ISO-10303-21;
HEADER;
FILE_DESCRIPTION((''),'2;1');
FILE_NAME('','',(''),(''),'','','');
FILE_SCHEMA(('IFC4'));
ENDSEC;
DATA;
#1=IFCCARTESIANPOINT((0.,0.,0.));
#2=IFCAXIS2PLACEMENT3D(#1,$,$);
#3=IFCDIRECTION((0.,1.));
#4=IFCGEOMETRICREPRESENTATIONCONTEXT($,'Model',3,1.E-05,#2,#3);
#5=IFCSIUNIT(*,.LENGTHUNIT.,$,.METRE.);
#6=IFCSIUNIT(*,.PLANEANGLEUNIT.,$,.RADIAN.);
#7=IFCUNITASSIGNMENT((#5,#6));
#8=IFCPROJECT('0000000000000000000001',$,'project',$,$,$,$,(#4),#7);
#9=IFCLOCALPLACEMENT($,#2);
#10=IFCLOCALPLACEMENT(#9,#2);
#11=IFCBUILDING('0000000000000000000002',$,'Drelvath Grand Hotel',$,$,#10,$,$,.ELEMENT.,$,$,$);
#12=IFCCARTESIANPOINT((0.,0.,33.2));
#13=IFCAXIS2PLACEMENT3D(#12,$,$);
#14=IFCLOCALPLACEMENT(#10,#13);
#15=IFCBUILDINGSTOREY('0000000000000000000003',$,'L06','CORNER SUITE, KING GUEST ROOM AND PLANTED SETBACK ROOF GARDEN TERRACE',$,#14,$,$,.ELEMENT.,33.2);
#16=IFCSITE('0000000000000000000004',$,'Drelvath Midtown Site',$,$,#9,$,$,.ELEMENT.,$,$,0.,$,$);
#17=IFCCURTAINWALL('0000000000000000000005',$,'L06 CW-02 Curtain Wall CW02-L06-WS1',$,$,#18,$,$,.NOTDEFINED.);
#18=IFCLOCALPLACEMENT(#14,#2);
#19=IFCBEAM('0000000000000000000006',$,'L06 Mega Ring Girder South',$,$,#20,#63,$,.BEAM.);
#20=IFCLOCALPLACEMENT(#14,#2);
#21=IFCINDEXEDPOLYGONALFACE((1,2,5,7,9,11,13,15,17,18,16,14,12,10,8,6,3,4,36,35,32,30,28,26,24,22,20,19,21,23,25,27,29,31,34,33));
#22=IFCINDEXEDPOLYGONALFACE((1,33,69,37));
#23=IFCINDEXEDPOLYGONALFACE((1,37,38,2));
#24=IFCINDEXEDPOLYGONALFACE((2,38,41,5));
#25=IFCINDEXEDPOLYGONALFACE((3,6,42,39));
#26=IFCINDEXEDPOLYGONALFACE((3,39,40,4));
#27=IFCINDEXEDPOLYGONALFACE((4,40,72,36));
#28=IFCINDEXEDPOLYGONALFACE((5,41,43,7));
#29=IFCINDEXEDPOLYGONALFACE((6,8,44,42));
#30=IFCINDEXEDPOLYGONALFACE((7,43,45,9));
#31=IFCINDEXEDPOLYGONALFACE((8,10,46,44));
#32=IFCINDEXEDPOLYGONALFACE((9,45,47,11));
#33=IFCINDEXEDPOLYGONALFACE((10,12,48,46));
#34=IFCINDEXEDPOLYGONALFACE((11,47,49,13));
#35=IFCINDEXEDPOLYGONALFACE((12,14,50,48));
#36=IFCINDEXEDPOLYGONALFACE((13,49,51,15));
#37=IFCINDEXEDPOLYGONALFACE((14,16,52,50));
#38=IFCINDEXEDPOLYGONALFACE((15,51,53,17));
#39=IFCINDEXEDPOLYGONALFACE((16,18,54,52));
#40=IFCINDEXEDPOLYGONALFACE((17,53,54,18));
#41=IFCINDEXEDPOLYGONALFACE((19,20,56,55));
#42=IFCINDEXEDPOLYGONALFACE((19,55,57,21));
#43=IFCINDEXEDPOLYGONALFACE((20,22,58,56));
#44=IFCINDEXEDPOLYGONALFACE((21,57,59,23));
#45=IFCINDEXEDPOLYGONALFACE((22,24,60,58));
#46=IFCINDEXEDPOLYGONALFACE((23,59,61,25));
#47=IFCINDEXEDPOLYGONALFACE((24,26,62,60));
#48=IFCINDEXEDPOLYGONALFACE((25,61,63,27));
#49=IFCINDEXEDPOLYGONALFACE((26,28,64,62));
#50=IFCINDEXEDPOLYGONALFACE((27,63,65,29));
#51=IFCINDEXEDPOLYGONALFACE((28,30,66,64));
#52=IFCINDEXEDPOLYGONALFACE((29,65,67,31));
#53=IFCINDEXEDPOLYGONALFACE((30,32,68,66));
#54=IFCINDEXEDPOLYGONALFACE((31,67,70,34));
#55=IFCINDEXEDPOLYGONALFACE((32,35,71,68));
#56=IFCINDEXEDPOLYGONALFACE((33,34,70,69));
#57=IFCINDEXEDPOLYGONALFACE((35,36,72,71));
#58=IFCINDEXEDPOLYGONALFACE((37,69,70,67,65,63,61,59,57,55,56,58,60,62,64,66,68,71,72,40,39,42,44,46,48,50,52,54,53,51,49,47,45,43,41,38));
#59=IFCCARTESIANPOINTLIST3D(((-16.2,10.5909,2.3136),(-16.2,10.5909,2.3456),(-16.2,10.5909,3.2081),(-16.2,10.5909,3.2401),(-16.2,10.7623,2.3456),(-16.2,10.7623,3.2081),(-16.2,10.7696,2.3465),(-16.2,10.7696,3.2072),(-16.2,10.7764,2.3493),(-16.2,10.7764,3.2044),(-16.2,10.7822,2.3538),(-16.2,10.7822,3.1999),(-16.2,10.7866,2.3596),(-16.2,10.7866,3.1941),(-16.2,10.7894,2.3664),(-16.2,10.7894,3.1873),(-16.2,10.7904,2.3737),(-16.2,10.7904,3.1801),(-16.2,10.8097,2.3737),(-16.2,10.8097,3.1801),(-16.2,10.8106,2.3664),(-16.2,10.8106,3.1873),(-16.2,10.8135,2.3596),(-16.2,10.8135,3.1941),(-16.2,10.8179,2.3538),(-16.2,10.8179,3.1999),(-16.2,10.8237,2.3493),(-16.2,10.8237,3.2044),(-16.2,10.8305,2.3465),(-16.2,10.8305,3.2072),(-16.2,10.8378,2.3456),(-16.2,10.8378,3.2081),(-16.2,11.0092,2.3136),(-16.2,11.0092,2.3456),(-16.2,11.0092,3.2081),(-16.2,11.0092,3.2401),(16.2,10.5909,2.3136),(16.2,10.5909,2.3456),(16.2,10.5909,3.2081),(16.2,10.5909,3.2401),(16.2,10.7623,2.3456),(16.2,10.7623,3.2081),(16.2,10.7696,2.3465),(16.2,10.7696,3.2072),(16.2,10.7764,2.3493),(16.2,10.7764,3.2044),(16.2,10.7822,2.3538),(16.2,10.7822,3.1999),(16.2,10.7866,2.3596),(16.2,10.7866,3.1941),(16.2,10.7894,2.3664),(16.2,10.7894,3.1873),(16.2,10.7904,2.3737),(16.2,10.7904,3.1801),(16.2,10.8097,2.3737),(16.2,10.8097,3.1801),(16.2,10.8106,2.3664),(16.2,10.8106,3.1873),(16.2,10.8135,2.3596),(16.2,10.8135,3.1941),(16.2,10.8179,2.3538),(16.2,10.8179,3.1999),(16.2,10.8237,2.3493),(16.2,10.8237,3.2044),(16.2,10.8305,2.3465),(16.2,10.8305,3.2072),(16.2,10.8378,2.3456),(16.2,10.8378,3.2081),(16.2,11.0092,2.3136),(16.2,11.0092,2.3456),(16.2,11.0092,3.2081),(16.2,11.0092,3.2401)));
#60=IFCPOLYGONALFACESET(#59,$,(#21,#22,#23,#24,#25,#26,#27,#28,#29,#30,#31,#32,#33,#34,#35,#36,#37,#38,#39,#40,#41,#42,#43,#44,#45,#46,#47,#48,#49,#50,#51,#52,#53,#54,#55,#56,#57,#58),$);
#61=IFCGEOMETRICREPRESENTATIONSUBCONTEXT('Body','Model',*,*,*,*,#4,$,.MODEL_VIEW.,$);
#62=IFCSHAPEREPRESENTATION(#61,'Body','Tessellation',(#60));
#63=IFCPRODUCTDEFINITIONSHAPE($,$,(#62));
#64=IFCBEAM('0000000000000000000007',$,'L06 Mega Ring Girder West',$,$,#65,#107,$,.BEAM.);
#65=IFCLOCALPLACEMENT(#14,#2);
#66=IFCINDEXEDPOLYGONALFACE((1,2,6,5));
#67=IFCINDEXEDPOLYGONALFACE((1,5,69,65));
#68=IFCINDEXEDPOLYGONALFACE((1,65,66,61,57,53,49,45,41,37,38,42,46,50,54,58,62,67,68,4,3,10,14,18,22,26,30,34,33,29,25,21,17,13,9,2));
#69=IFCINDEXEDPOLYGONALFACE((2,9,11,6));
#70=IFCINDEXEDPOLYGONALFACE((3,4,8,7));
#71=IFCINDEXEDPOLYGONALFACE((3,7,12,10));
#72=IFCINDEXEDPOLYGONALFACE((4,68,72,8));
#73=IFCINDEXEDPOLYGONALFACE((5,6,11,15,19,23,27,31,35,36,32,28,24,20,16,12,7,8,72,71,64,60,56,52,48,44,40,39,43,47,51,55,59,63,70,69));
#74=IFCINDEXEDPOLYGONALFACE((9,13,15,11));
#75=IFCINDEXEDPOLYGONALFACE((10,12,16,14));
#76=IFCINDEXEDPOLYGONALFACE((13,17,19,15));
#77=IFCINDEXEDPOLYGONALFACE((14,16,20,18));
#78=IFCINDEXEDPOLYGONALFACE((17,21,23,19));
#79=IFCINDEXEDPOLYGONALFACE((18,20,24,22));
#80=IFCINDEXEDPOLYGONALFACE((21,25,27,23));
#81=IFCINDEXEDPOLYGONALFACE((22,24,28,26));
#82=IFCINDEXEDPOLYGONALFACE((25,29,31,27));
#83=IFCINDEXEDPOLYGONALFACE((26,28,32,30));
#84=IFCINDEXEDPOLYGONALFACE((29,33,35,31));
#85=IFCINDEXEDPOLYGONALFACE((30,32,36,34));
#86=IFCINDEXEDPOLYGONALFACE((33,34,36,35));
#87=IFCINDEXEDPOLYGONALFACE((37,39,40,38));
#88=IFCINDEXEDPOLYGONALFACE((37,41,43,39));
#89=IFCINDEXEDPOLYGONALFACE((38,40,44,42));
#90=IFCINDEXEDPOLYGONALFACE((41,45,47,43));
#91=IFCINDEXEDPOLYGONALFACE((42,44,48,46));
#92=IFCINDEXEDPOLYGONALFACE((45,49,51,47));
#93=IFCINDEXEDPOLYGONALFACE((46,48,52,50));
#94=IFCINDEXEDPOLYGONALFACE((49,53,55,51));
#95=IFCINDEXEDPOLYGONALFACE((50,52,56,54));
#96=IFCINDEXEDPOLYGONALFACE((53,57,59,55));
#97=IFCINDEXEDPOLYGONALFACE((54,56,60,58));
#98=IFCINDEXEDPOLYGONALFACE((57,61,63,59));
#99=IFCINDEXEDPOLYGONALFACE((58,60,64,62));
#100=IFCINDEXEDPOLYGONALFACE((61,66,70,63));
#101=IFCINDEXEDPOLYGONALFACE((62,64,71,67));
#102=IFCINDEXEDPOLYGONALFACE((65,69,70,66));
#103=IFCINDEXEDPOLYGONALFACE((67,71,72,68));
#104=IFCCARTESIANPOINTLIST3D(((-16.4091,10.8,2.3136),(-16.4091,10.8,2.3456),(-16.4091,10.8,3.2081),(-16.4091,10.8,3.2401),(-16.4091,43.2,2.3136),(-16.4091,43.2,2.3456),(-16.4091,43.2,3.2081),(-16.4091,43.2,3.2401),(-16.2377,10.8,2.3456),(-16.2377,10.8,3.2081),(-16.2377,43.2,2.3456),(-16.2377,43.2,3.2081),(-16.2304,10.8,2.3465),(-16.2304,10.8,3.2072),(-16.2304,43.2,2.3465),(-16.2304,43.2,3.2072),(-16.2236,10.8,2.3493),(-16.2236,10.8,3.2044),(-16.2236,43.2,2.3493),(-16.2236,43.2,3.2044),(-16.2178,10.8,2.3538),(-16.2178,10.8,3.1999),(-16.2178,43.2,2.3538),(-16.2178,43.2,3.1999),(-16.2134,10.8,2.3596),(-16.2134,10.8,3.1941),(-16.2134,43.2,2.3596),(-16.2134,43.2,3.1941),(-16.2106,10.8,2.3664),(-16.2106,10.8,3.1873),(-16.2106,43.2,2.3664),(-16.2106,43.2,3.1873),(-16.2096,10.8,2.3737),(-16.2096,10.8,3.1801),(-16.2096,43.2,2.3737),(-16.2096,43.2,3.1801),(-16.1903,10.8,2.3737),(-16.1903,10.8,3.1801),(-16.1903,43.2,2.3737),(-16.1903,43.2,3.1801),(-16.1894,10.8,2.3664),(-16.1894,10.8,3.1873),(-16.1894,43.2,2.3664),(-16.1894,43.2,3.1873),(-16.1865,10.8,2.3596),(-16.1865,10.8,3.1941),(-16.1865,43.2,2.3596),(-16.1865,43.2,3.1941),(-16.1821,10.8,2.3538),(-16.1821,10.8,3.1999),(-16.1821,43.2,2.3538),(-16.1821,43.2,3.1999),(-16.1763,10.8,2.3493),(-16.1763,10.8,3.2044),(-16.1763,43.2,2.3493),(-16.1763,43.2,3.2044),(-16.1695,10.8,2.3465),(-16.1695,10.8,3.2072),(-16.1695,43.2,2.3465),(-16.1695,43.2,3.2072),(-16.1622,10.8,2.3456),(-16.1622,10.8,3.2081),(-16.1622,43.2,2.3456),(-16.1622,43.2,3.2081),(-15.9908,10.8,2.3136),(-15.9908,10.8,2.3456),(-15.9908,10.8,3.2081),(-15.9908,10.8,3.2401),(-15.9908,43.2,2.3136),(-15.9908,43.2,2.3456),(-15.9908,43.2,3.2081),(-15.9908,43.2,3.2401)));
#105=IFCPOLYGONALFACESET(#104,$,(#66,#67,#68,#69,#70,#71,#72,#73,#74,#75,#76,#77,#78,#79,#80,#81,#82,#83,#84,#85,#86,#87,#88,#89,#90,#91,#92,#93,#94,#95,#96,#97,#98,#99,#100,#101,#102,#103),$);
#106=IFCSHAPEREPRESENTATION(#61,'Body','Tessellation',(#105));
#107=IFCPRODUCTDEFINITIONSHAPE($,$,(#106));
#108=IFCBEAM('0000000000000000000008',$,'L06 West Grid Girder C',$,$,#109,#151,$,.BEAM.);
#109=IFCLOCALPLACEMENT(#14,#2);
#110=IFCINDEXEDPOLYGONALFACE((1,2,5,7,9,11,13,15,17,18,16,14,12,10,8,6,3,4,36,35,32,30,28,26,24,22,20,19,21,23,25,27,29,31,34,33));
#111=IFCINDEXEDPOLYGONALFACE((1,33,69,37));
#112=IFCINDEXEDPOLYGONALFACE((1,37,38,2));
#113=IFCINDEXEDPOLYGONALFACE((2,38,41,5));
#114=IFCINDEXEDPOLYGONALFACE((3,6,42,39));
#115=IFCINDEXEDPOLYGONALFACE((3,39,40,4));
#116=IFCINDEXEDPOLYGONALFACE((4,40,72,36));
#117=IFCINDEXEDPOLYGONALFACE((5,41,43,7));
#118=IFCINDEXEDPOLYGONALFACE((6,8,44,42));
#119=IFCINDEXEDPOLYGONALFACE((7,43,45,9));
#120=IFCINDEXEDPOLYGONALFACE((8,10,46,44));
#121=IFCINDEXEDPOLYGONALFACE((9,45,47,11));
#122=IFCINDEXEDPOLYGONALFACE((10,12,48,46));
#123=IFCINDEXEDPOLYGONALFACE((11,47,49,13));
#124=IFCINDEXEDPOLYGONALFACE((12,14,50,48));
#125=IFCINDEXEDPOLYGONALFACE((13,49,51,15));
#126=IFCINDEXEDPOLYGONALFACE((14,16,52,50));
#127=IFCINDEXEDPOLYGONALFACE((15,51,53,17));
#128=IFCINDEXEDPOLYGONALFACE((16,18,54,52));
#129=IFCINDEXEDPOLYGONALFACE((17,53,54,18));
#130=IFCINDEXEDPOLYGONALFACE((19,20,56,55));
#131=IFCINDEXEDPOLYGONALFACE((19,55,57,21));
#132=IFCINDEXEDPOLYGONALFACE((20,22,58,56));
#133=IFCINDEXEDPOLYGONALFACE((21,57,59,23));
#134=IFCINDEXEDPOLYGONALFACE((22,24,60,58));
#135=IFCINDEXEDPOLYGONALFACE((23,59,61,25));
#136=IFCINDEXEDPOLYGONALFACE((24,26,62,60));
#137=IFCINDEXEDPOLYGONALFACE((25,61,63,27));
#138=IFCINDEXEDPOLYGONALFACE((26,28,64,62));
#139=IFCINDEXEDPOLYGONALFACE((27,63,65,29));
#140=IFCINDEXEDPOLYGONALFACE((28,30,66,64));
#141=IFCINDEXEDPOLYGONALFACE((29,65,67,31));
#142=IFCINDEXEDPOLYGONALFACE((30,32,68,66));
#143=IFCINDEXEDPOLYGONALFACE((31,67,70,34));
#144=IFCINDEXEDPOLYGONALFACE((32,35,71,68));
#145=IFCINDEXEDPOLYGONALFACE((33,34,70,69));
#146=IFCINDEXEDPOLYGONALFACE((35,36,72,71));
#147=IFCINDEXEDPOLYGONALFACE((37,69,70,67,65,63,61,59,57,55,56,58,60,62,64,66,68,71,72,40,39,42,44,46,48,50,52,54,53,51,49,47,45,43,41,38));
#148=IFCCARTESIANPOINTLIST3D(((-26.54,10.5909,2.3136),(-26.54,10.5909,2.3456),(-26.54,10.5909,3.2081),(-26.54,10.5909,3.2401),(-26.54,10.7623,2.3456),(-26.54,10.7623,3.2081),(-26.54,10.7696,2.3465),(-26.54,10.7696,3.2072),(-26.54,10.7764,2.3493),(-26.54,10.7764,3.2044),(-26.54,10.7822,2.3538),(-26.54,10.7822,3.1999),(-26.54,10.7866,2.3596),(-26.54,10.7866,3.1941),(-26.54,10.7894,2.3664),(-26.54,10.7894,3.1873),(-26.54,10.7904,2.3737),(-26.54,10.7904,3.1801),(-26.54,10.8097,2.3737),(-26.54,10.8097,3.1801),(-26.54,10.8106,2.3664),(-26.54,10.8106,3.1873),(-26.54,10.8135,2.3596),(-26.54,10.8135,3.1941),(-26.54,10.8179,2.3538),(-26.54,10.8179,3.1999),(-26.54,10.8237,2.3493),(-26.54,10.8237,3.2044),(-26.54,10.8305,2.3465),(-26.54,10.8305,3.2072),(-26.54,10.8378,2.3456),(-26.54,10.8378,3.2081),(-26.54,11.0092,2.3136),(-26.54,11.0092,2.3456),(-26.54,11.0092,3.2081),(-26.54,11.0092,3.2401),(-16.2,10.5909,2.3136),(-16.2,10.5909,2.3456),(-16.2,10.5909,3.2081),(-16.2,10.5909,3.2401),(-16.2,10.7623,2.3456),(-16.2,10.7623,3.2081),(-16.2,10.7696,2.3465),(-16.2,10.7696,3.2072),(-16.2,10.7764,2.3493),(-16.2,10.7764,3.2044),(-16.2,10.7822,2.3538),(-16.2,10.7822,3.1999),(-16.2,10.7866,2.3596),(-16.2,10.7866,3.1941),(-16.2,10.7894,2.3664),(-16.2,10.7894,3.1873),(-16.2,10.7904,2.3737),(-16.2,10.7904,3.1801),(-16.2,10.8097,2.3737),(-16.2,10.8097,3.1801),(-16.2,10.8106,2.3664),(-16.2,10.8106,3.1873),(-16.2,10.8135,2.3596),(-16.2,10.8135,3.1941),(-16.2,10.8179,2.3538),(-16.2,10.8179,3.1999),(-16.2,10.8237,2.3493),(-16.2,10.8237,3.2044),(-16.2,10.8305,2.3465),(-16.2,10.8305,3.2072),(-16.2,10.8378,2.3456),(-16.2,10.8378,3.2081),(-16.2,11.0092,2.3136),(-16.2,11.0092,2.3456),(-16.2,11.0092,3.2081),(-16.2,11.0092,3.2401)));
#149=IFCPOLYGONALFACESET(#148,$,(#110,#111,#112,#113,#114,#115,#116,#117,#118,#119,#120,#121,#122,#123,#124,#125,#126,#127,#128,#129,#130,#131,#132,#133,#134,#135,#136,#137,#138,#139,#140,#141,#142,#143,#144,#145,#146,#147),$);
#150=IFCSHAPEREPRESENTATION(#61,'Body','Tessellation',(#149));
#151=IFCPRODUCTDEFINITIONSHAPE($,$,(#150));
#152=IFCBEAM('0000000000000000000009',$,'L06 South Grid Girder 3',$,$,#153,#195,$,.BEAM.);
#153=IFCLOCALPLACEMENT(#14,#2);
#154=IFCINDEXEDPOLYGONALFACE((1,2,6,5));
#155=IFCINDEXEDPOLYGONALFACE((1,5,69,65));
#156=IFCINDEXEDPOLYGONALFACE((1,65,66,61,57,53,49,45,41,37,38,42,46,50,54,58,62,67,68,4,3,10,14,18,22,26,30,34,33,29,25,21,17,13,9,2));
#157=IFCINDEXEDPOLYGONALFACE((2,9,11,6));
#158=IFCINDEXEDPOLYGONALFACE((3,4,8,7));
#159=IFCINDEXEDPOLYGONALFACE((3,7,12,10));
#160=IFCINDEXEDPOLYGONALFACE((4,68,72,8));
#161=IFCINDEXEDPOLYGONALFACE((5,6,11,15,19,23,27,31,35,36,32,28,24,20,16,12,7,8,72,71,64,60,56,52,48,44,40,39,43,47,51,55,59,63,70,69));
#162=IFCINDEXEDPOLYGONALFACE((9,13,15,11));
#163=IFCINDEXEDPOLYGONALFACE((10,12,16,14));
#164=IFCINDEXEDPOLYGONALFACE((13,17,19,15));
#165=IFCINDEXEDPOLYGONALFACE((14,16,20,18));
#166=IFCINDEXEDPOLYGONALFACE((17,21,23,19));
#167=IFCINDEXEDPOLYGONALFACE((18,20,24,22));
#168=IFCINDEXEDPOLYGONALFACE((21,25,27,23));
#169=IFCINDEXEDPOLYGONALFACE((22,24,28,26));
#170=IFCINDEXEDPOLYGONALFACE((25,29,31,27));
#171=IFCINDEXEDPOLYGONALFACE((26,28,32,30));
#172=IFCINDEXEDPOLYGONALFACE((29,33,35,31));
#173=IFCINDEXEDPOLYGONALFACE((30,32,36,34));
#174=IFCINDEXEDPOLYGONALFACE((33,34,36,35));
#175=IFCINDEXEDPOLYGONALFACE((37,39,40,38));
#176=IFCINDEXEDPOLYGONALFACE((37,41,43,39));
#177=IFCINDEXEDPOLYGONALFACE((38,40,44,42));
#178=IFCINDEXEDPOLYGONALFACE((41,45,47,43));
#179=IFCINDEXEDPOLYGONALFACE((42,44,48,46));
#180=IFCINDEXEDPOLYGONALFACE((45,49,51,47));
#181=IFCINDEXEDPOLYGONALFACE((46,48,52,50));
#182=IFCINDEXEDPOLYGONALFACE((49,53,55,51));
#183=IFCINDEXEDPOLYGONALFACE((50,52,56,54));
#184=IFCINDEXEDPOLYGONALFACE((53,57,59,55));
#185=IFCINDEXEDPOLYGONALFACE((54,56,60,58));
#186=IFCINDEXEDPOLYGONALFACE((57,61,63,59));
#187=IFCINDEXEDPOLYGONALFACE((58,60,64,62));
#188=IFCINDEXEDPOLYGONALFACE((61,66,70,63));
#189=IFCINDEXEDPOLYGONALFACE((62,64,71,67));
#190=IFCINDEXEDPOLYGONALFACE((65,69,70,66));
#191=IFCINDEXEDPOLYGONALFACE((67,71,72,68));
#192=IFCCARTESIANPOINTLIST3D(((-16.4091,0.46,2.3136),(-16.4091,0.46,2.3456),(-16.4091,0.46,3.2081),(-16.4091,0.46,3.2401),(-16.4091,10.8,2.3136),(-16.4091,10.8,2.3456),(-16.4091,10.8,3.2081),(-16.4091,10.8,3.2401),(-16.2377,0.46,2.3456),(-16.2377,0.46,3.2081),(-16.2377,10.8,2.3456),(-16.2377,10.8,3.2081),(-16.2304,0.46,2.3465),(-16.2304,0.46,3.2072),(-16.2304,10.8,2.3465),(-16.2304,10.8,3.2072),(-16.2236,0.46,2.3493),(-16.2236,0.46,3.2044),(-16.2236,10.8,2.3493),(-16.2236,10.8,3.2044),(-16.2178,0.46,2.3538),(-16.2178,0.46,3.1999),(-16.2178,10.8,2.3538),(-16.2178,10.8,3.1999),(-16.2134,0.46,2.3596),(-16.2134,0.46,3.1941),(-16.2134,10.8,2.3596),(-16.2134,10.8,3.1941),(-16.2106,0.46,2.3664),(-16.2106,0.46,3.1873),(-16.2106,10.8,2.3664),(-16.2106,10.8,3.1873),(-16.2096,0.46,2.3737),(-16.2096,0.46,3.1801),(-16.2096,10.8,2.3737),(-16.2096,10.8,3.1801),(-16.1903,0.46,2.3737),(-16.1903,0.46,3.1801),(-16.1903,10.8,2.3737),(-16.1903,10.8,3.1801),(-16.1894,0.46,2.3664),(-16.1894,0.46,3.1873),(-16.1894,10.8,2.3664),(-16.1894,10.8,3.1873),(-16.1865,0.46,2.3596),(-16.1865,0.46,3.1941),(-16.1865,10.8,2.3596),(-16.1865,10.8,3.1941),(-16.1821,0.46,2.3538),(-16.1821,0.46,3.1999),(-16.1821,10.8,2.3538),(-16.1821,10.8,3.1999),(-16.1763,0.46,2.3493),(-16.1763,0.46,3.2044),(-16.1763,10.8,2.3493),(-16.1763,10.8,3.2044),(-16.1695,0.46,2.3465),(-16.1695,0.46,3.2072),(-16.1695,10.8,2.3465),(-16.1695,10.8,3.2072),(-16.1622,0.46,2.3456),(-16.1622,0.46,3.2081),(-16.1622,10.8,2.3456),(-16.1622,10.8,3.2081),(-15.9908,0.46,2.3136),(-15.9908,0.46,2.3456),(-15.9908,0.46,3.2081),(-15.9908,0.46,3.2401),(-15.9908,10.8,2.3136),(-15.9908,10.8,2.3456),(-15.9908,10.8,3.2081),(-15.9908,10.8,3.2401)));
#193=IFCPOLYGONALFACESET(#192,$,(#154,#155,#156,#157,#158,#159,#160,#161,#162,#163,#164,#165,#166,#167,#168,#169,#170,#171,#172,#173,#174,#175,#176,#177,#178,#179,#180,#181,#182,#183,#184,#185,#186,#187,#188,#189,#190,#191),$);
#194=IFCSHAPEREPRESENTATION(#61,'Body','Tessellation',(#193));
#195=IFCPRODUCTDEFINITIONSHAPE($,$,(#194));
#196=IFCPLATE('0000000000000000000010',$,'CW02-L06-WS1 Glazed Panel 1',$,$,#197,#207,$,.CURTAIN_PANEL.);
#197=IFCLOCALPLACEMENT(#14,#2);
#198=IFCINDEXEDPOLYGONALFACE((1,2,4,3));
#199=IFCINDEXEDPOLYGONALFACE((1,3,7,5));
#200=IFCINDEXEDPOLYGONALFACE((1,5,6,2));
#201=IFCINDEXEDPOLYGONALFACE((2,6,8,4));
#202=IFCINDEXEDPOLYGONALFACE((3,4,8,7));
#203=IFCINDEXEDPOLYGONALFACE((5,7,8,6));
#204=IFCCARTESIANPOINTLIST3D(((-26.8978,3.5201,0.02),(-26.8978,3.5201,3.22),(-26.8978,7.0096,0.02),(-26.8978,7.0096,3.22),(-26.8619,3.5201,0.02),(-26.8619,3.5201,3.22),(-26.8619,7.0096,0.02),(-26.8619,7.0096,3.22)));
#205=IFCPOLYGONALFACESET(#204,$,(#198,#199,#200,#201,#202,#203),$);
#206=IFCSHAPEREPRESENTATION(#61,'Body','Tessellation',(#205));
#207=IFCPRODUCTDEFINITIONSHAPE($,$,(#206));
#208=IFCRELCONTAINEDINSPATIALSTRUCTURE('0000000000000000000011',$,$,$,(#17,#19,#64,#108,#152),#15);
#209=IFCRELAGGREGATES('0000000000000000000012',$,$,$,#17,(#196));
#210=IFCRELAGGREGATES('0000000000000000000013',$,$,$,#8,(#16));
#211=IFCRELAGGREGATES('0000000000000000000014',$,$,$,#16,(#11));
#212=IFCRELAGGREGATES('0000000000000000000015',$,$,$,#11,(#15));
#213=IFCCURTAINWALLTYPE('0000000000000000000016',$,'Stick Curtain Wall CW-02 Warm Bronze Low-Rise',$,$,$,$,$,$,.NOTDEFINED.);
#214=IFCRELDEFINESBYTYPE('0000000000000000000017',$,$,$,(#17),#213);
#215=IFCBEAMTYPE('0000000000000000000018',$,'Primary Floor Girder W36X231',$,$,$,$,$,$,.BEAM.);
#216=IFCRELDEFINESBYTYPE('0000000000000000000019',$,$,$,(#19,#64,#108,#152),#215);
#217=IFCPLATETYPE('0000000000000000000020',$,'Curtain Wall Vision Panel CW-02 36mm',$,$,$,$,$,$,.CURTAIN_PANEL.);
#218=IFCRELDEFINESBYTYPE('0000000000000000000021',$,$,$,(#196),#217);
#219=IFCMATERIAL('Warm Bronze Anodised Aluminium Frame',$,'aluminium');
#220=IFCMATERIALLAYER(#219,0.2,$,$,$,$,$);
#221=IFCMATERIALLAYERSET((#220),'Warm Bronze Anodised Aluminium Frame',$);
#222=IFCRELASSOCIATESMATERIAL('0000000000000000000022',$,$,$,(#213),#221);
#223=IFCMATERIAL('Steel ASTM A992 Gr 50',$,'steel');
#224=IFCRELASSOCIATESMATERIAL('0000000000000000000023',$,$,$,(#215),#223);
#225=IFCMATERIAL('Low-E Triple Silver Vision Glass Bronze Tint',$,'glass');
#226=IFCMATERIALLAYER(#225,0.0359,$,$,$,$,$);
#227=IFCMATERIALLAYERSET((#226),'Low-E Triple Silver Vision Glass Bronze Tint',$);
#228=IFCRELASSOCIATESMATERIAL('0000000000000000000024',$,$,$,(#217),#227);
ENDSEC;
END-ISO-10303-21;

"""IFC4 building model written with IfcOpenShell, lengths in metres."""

from ifc_helpers import new_model, si_unit, direction, frame, origin, origin_2d, place, context, subcontext, project, spatial, rectangle, i_section, extrude, material, layer, layer_set, material_profile, profile_set, type_object, element, aggregate, save


model = new_model("IFC4")

# Units and contexts
model_context = context("Model", 3, precision=1e-05, world=origin(), true_north=direction((0.0, 1.0)))
body_context = subcontext(model_context, "Body", "Model", "MODEL_VIEW")
ifc_project = project(units=[si_unit("LENGTHUNIT", "METRE"), si_unit("PLANEANGLEUNIT", "RADIAN")], contexts=[model_context])

# Site, building, storey
site_placement = place(None, origin())
site = spatial("IfcSite", under=ifc_project, at=site_placement, Name="Drelvath Midtown Site", CompositionType="ELEMENT", RefElevation=0.0)
building_placement = place(site_placement, origin())
building = spatial("IfcBuilding", under=site, at=building_placement, Name="Drelvath Grand Hotel", CompositionType="ELEMENT")
storey_placement = place(building_placement, frame((0.0, 0.0, 33.2)))
storey = spatial("IfcBuildingStorey", under=building, at=storey_placement, Name="L06", Description="CORNER SUITE, KING GUEST ROOM AND PLANTED SETBACK ROOF GARDEN TERRACE", CompositionType="ELEMENT", Elevation=33.2)

# Curtain wall
ifc_material_1 = material(Name="Warm Bronze Anodised Aluminium Frame", Category="aluminium")
ifc_layer_1 = layer(ifc_material_1, 0.2)
ifc_layer_set_1 = layer_set([ifc_layer_1], Name="Warm Bronze Anodised Aluminium Frame")
curtain_wall_type = type_object("IfcCurtainWallType", Name="Stick Curtain Wall CW-02 Warm Bronze Low-Rise", PredefinedType="NOTDEFINED", material=ifc_layer_set_1)
curtain_wall_1_placement = place(storey_placement, origin())
curtain_wall_1 = element("IfcCurtainWall", 1, at=curtain_wall_1_placement, inside=storey, type_object=curtain_wall_type, Name="L06 CW-02 Curtain Wall CW02-L06-WS1", PredefinedType="NOTDEFINED")

# Beams
ifc_material_2 = material(Name="Steel ASTM A992 Gr 50", Category="steel")
ifc_material_profile_1 = material_profile(ifc_material_2, i_section(OverallWidth=0.4182, OverallDepth=0.9265, WebThickness=0.0193, FlangeThickness=0.032, FilletRadius=0.0281, at=origin_2d()), Name="W36X231")
ifc_profile_set_1 = profile_set([ifc_material_profile_1], Name="Steel ASTM A992 Gr 50")
beam_type_1 = type_object("IfcBeamType", Name="Primary Floor Girder W36X231", PredefinedType="BEAM", material=ifc_profile_set_1)
for number, where, z_axis, x_axis, name in (
    (2, (-16.2, 10.8, 2.7769), (1.0, 0.0, 0.0), (0.0, 1.0, 0.0), "L06 Mega Ring Girder South"),
    (3, (-16.2, 10.8, 2.7769), (0.0, 1.0, 0.0), (-1.0, 0.0, 0.0), "L06 Mega Ring Girder West"),
):
    element("IfcBeam", number, at=place(storey_placement, frame(where, z_axis=z_axis, x_axis=x_axis)), inside=storey, type_object=beam_type_1, Name=name, PredefinedType="BEAM", context=body_context, shape_type="SweptSolid", body=[
        extrude(i_section(OverallWidth=0.4182, OverallDepth=0.9265, WebThickness=0.0193, FlangeThickness=0.032, FilletRadius=0.0281, at=origin_2d()), origin(), (0.0, 0.0, 1.0), 32.3999),
    ])
for number, where, z_axis, x_axis, name in (
    (4, (-26.54, 10.8, 2.7769), (1.0, 0.0, 0.0), (0.0, 1.0, 0.0), "L06 West Grid Girder C"),
    (5, (-16.2, 0.46, 2.7769), (0.0, 1.0, 0.0), (-1.0, 0.0, 0.0), "L06 South Grid Girder 3"),
):
    element("IfcBeam", number, at=place(storey_placement, frame(where, z_axis=z_axis, x_axis=x_axis)), inside=storey, type_object=beam_type_1, Name=name, PredefinedType="BEAM", context=body_context, shape_type="SweptSolid", body=[
        extrude(i_section(OverallWidth=0.4182, OverallDepth=0.9265, WebThickness=0.0193, FlangeThickness=0.032, FilletRadius=0.0281, at=origin_2d()), origin(), (0.0, 0.0, 1.0), 10.3401),
    ])

# Plate
ifc_material_3 = material(Name="Low-E Triple Silver Vision Glass Bronze Tint", Category="glass")
ifc_layer_2 = layer(ifc_material_3, 0.0359)
ifc_layer_set_2 = layer_set([ifc_layer_2], Name="Low-E Triple Silver Vision Glass Bronze Tint")
plate_type = type_object("IfcPlateType", Name="Curtain Wall Vision Panel CW-02 36mm", PredefinedType="CURTAIN_PANEL", material=ifc_layer_set_2)
plate_1_placement = place(storey_placement, frame((-26.8799, 5.2649, 0.02), z_axis=(0.0, 0.0, 1.0), x_axis=(0.0, 1.0, 0.0)))
plate_1 = element("IfcPlate", 6, at=plate_1_placement, type_object=plate_type, Name="CW02-L06-WS1 Glazed Panel 1", PredefinedType="CURTAIN_PANEL", context=body_context, shape_type="SweptSolid", body=[
    extrude(rectangle(XDim=3.4895, YDim=0.0359, at=origin_2d()), origin(), (0.0, 0.0, 1.0), 3.2),
])
aggregate(curtain_wall_1, [plate_1])

save(model, "model.ifc")
